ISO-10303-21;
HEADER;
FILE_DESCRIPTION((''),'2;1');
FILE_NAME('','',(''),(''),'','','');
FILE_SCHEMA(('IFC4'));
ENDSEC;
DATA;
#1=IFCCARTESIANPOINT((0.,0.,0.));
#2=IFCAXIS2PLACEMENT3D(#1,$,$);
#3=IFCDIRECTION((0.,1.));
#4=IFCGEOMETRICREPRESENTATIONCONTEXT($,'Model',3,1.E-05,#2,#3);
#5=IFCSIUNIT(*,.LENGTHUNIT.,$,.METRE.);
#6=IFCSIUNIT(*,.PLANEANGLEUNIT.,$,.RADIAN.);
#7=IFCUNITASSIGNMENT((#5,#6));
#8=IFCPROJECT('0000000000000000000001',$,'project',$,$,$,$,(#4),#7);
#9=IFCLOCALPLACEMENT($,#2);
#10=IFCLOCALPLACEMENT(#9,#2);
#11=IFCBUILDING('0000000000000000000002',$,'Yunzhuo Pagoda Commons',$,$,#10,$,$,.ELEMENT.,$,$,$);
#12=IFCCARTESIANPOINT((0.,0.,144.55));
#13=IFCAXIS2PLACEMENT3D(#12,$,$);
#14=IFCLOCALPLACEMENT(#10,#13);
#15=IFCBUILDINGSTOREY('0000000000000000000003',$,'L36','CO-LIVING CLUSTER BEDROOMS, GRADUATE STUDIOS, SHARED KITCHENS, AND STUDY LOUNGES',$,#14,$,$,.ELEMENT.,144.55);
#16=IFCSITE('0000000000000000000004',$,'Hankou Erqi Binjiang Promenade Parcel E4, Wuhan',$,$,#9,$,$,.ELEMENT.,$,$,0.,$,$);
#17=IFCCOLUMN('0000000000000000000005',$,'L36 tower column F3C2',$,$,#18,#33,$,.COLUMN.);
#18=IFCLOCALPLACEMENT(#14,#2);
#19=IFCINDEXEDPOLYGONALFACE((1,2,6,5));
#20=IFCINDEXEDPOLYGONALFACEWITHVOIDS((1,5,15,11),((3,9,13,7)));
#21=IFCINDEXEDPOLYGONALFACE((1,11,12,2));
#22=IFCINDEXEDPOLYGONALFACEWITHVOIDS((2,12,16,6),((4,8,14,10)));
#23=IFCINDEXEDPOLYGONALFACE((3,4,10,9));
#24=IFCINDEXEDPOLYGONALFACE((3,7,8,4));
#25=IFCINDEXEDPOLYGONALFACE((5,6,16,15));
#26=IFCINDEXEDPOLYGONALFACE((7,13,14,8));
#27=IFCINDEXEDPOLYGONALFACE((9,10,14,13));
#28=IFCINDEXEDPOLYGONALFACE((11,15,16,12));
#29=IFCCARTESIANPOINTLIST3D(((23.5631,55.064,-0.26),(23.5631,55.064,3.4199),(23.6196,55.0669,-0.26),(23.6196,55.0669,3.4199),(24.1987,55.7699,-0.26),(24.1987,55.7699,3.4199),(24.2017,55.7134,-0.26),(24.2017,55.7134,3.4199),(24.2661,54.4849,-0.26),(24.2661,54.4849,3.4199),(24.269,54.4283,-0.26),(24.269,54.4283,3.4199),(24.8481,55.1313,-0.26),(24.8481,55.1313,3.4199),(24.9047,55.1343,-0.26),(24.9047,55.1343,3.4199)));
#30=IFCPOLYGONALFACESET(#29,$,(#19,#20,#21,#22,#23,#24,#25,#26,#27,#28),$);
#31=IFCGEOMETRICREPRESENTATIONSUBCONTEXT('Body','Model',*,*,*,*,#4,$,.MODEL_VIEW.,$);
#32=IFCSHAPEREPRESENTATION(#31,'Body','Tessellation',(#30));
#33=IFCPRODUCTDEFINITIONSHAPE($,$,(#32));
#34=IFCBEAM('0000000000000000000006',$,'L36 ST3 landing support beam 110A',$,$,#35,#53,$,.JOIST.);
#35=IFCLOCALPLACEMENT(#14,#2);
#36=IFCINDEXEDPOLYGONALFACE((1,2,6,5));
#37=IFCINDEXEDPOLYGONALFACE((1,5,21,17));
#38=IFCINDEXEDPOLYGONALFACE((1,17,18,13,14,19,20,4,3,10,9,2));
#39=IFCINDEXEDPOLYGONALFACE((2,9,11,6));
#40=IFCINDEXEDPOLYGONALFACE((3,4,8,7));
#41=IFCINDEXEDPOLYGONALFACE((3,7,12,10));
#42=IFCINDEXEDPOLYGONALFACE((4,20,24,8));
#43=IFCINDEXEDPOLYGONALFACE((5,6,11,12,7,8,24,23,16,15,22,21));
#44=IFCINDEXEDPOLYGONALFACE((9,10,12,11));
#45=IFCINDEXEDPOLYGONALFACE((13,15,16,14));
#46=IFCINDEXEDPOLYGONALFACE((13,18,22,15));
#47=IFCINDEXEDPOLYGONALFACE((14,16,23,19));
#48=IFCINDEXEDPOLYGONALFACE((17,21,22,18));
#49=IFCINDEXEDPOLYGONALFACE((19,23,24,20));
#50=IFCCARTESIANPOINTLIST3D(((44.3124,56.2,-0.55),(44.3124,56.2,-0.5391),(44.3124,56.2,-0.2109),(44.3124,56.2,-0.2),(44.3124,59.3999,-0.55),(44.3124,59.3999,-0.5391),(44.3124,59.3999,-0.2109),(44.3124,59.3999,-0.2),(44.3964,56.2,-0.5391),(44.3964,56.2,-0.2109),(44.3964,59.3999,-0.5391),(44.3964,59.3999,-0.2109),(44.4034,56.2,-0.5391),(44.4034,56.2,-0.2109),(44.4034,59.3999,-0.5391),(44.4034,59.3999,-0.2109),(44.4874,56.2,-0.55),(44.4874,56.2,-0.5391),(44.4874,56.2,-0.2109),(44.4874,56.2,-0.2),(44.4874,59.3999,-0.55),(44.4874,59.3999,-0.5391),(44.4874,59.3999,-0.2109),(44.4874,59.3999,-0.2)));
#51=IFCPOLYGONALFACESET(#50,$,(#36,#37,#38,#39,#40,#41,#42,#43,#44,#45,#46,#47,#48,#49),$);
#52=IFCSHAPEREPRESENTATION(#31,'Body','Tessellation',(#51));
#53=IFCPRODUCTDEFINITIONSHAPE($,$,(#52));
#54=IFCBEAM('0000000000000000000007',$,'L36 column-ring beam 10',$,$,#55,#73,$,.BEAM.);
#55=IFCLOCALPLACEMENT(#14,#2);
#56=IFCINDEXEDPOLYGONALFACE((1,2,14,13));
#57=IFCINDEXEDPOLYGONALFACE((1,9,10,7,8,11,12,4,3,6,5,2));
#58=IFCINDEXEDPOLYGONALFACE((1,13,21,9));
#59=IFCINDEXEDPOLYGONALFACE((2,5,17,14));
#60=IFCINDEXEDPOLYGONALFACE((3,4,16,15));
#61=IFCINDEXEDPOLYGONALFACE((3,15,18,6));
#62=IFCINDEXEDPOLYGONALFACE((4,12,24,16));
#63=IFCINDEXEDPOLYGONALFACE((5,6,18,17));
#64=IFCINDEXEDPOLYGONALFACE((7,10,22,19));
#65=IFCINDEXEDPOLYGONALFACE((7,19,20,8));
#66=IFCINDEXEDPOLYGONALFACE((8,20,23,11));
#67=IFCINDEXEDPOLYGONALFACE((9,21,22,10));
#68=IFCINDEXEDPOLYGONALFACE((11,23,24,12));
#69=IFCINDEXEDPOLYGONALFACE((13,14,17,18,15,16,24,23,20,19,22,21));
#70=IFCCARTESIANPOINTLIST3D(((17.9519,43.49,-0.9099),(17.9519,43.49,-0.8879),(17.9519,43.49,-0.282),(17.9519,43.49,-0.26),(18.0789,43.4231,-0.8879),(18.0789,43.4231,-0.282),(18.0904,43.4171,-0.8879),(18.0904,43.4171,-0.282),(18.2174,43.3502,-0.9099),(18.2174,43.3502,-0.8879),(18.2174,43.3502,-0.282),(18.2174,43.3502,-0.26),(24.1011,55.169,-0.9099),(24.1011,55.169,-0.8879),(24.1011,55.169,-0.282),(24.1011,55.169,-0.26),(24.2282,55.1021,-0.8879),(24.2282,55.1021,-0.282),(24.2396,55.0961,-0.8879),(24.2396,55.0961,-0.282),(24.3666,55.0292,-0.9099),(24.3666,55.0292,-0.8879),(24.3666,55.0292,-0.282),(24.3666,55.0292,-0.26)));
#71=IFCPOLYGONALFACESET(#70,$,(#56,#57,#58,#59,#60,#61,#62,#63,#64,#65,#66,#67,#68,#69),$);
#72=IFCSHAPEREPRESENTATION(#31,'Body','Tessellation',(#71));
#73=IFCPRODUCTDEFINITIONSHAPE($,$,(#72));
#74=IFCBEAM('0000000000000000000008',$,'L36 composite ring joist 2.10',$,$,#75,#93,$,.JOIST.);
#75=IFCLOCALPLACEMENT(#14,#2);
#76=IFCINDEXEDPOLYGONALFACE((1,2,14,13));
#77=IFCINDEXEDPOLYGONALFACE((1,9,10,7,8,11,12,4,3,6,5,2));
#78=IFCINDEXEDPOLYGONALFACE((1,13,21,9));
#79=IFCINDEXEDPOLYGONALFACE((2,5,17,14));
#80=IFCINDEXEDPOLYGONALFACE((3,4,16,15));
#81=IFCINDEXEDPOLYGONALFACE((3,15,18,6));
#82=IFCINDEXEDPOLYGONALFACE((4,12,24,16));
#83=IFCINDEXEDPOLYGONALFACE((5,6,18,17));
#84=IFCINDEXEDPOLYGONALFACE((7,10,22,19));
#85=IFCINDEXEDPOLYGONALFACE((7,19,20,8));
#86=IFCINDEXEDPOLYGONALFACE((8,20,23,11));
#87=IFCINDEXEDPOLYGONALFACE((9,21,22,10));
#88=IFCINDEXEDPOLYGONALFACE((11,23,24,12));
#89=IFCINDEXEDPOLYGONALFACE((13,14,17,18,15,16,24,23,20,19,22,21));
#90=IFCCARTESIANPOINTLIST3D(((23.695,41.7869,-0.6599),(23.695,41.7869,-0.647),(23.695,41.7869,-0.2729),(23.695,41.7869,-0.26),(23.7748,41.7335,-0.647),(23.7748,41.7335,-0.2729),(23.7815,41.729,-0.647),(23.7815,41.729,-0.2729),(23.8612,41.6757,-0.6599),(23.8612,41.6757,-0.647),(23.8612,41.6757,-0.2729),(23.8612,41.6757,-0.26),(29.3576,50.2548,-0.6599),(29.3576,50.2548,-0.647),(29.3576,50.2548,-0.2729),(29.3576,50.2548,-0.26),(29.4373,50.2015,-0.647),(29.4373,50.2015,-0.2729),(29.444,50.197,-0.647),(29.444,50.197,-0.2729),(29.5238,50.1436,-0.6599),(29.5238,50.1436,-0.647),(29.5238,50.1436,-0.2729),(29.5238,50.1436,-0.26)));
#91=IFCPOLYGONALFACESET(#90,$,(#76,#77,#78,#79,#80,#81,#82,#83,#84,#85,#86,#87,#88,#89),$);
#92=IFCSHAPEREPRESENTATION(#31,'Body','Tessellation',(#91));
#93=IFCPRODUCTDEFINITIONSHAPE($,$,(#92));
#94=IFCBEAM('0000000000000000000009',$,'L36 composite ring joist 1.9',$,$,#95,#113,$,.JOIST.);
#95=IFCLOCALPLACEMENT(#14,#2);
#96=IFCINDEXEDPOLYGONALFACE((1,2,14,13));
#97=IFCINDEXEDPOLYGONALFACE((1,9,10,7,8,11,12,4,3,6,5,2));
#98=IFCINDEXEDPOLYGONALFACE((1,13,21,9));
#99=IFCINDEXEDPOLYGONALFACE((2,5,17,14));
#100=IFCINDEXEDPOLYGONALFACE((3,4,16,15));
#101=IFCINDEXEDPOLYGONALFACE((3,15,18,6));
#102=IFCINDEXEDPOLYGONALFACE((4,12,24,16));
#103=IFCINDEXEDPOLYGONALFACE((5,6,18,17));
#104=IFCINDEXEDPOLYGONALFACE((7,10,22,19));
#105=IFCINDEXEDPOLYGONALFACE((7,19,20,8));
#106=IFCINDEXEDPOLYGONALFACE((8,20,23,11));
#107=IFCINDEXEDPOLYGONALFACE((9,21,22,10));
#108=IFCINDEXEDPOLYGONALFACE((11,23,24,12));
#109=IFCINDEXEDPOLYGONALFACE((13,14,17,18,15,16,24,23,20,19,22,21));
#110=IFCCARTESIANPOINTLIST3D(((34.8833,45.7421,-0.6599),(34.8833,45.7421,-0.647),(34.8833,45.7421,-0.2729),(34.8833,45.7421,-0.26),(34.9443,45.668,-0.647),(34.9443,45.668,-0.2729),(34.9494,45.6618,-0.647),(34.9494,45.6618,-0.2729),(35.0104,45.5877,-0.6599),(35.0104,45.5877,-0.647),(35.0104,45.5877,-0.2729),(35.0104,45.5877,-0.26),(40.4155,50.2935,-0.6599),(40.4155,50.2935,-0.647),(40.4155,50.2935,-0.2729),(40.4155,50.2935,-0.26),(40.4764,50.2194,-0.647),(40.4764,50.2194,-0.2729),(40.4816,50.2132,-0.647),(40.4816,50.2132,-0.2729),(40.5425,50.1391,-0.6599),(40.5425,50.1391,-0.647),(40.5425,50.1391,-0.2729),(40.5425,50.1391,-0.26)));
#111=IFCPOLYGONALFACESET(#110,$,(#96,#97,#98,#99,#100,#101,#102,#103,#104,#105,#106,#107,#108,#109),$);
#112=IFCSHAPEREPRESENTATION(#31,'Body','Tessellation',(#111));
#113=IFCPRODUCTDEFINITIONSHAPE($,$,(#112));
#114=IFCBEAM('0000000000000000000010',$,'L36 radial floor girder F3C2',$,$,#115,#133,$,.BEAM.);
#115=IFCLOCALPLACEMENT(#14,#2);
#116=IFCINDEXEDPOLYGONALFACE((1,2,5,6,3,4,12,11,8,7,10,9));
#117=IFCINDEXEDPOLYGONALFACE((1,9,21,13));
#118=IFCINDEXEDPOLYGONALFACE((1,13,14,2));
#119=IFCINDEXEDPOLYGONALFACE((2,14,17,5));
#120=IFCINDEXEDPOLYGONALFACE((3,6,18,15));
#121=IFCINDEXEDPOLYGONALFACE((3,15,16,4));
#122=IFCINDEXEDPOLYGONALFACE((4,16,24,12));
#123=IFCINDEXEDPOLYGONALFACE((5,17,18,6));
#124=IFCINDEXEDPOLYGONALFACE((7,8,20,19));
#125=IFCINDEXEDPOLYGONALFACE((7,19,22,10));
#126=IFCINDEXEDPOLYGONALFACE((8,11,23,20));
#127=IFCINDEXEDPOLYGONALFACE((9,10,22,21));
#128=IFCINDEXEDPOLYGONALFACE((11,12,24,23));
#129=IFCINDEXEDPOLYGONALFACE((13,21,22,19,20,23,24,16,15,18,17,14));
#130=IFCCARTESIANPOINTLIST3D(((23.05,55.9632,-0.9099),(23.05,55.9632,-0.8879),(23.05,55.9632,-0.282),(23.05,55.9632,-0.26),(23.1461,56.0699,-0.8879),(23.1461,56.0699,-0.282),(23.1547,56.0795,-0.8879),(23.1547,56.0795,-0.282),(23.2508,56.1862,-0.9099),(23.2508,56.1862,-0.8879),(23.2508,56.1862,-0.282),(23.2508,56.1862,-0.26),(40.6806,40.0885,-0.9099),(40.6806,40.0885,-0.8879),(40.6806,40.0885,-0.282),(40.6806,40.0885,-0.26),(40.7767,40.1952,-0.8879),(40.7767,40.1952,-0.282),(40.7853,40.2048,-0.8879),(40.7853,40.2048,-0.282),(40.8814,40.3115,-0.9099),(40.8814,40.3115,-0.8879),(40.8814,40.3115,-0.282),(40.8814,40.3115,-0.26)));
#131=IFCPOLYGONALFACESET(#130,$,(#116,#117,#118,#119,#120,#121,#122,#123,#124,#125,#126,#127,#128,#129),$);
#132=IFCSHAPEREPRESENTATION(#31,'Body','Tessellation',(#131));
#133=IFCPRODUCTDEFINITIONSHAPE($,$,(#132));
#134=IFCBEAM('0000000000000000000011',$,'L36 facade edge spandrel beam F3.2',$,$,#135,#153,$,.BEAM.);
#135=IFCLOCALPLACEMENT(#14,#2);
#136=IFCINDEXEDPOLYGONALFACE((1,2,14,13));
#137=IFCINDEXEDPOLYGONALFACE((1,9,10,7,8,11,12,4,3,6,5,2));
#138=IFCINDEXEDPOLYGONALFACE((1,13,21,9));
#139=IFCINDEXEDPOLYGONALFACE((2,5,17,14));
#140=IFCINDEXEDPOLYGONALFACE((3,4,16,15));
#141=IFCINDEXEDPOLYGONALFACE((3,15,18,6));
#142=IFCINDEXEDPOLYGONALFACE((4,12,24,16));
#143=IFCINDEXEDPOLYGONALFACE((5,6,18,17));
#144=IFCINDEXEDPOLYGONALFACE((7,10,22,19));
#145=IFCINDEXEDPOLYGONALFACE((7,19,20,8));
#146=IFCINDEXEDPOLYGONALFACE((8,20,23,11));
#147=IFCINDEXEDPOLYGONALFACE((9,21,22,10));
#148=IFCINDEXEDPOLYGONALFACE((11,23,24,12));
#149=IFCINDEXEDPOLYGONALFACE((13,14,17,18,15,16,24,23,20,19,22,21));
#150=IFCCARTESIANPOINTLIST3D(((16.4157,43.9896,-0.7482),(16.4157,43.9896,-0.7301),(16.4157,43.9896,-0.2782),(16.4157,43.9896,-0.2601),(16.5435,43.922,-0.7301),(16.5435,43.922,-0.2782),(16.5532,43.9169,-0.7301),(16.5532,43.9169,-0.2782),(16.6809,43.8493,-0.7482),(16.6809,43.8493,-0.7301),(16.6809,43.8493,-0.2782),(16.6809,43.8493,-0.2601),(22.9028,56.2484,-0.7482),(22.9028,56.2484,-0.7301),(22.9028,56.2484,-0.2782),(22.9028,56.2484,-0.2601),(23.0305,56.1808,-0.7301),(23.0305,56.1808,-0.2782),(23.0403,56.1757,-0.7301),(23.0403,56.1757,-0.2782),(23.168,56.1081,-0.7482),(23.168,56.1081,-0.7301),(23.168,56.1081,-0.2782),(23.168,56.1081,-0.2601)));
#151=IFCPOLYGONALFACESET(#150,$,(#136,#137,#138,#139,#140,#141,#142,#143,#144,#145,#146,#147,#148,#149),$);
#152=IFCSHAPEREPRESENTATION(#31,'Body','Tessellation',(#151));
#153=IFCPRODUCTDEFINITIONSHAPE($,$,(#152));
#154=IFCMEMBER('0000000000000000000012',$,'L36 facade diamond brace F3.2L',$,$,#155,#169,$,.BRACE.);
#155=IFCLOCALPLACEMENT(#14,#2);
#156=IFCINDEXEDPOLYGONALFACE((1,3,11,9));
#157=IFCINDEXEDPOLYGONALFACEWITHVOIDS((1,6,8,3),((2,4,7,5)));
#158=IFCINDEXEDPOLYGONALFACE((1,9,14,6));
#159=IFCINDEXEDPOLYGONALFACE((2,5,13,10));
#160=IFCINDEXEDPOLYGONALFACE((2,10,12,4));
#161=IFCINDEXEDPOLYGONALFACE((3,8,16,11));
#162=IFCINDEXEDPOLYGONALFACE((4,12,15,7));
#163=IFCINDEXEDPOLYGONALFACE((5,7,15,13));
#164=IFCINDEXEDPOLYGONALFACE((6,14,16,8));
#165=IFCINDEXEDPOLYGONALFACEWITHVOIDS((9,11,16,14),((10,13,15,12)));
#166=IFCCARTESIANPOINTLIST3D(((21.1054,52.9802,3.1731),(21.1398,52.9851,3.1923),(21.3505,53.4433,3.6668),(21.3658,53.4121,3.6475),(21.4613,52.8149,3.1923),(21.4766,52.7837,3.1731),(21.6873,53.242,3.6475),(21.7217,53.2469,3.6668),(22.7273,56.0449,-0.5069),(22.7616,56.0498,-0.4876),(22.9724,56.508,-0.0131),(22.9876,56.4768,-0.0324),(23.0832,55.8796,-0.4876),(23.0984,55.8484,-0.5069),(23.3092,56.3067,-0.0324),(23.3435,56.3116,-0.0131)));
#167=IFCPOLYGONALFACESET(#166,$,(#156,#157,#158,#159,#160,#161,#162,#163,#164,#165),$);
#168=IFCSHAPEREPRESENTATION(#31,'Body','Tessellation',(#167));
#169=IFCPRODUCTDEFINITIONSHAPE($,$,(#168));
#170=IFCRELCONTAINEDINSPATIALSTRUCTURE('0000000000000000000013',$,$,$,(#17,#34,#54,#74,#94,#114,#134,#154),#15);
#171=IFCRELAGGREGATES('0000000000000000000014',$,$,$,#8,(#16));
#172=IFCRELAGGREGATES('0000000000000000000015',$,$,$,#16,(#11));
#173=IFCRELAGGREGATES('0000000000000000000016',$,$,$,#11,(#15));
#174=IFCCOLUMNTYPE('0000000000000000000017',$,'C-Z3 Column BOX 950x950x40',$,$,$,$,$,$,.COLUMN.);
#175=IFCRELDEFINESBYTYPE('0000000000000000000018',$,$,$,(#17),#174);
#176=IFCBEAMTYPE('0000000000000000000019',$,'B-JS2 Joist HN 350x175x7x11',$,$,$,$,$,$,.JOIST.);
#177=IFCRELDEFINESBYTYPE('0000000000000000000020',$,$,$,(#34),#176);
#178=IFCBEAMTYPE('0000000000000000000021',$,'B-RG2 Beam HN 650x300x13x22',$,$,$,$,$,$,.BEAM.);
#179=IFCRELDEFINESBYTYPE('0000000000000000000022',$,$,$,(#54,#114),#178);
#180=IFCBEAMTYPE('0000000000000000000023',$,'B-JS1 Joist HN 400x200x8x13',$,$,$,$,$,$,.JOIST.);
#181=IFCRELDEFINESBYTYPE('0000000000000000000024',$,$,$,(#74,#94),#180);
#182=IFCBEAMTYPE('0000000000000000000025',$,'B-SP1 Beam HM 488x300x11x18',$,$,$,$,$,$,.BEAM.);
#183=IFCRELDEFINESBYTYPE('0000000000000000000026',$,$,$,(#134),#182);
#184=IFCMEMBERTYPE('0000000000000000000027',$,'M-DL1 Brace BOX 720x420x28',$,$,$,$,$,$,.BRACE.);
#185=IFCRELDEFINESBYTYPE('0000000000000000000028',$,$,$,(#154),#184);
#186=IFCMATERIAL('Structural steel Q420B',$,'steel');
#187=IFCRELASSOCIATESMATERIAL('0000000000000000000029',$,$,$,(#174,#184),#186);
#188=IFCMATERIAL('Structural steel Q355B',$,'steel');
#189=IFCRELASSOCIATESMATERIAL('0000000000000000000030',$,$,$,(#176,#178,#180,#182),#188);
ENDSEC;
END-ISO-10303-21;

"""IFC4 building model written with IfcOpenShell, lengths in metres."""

from ifc_helpers import new_model, si_unit, direction, frame, origin, origin_2d, place, context, subcontext, project, spatial, hollow_rectangle, i_section, extrude, source, transform, mapped, material, material_profile, profile_set, type_object, element, save


model = new_model("IFC4")

# Units and contexts
model_context = context("Model", 3, precision=1e-05, world=origin(), true_north=direction((0.0, 1.0)))
body_context = subcontext(model_context, "Body", "Model", "MODEL_VIEW")
ifc_project = project(units=[si_unit("LENGTHUNIT", "METRE"), si_unit("PLANEANGLEUNIT", "RADIAN")], contexts=[model_context])

# Site, building, storey
site_placement = place(None, origin())
site = spatial("IfcSite", under=ifc_project, at=site_placement, Name="Hankou Erqi Binjiang Promenade Parcel E4, Wuhan", CompositionType="ELEMENT", RefElevation=0.0)
building_placement = place(site_placement, origin())
building = spatial("IfcBuilding", under=site, at=building_placement, Name="Yunzhuo Pagoda Commons", CompositionType="ELEMENT")
storey_placement = place(building_placement, frame((0.0, 0.0, 144.55)))
storey = spatial("IfcBuildingStorey", under=building, at=storey_placement, Name="L36", Description="CO-LIVING CLUSTER BEDROOMS, GRADUATE STUDIOS, SHARED KITCHENS, AND STUDY LOUNGES", CompositionType="ELEMENT", Elevation=144.55)

# Column
ifc_material_1 = material(Name="Structural steel Q420B", Category="steel")
ifc_material_profile_1 = material_profile(ifc_material_1, hollow_rectangle(XDim=0.95, YDim=0.95, WallThickness=0.04, at=origin_2d()), Name="Structural steel Q420B")
ifc_profile_set_1 = profile_set([ifc_material_profile_1], Name="Structural steel Q420B")
column_type = type_object("IfcColumnType", Name="C-Z3 Column BOX 950x950x40", PredefinedType="COLUMN", material=ifc_profile_set_1)
shared_shape_1 = source(origin(), body_context, "Body", "SweptSolid", [
    extrude(hollow_rectangle(XDim=0.95, YDim=0.95, WallThickness=0.04, at=origin_2d()), origin(), (0.0, 0.0, 1.0), 3.6799),
])
column_placement = place(storey_placement, frame((24.2339, 55.0991, -0.26), z_axis=(0.0, 0.0, 1.0), x_axis=(-0.669131, -0.743145, 0.0)))
element("IfcColumn", 1, at=column_placement, inside=storey, type_object=column_type, Name="L36 tower column F3C2", PredefinedType="COLUMN", context=body_context, shape_type="MappedRepresentation", body=[
    mapped(shared_shape_1, transform((0.0, 0.0, 0.0), scale=1.0)),
])

# Beams
ifc_material_2 = material(Name="Structural steel Q355B", Category="steel")
ifc_material_profile_2 = material_profile(ifc_material_2, i_section(OverallWidth=0.175, OverallDepth=0.3501, WebThickness=0.0071, FlangeThickness=0.011, at=origin_2d()), Name="Structural steel Q355B")
ifc_profile_set_2 = profile_set([ifc_material_profile_2], Name="Structural steel Q355B")
beam_type_1 = type_object("IfcBeamType", Name="B-JS2 Joist HN 350x175x7x11", PredefinedType="JOIST", material=ifc_profile_set_2)
shared_shape_2 = source(origin(), body_context, "Body", "SweptSolid", [
    extrude(i_section(OverallWidth=0.175, OverallDepth=0.3501, WebThickness=0.0071, FlangeThickness=0.011, at=origin_2d()), origin(), (0.0, 0.0, 1.0), 3.2),
])
beam_1_placement = place(storey_placement, frame((44.3999, 56.2, -0.375), z_axis=(0.0, 1.0, 0.0), x_axis=(-1.0, 0.0, 0.0)))
element("IfcBeam", 2, at=beam_1_placement, inside=storey, type_object=beam_type_1, Name="L36 ST3 landing support beam 110A", PredefinedType="JOIST", context=body_context, shape_type="MappedRepresentation", body=[
    mapped(shared_shape_2, transform((0.0, 0.0, 0.0), scale=1.0)),
])
ifc_material_profile_3 = material_profile(ifc_material_2, i_section(OverallWidth=0.3, OverallDepth=0.6499, WebThickness=0.0129, FlangeThickness=0.022, at=origin_2d()), Name="Structural steel Q355B")
ifc_profile_set_3 = profile_set([ifc_material_profile_3], Name="Structural steel Q355B")
beam_type_2 = type_object("IfcBeamType", Name="B-RG2 Beam HN 650x300x13x22", PredefinedType="BEAM", material=ifc_profile_set_3)
shared_shape_3 = source(origin(), body_context, "Body", "SweptSolid", [
    extrude(i_section(OverallWidth=0.3, OverallDepth=0.6499, WebThickness=0.0129, FlangeThickness=0.022, at=origin_2d()), origin(), (0.0, 0.0, 1.0), 13.199),
])
beam_2_placement = place(storey_placement, frame((24.2339, 55.0991, -0.585), z_axis=(-0.465886, -0.884845, 0.0), x_axis=(0.884845, -0.465886, 0.0)))
element("IfcBeam", 3, at=beam_2_placement, inside=storey, type_object=beam_type_2, Name="L36 column-ring beam 10", PredefinedType="BEAM", context=body_context, shape_type="MappedRepresentation", body=[
    mapped(shared_shape_3, transform((0.0, 0.0, 0.0), scale=1.0)),
])
ifc_material_profile_4 = material_profile(ifc_material_2, i_section(OverallWidth=0.2, OverallDepth=0.3999, WebThickness=0.0081, FlangeThickness=0.0129, at=origin_2d()), Name="Structural steel Q355B")
ifc_profile_set_4 = profile_set([ifc_material_profile_4], Name="Structural steel Q355B")
beam_type_3 = type_object("IfcBeamType", Name="B-JS1 Joist HN 400x200x8x13", PredefinedType="JOIST", material=ifc_profile_set_4)
shared_shape_4 = source(origin(), body_context, "Body", "SweptSolid", [
    extrude(i_section(OverallWidth=0.2, OverallDepth=0.3999, WebThickness=0.0081, FlangeThickness=0.0129, at=origin_2d()), origin(), (0.0, 0.0, 1.0), 10.1868),
])
beam_3_placement = place(storey_placement, frame((29.4407, 50.1992, -0.46), z_axis=(-0.555872, -0.831268, 0.0), x_axis=(0.831268, -0.555872, 0.0)))
element("IfcBeam", 4, at=beam_3_placement, inside=storey, type_object=beam_type_3, Name="L36 composite ring joist 2.10", PredefinedType="JOIST", context=body_context, shape_type="MappedRepresentation", body=[
    mapped(shared_shape_4, transform((0.0, 0.0, 0.0), scale=1.0)),
])
shared_shape_5 = source(origin(), body_context, "Body", "SweptSolid", [
    extrude(i_section(OverallWidth=0.2, OverallDepth=0.3999, WebThickness=0.0081, FlangeThickness=0.0129, at=origin_2d()), origin(), (0.0, 0.0, 1.0), 7.1638),
])
beam_4_placement = place(storey_placement, frame((40.479, 50.2163, -0.46), z_axis=(-0.772234, -0.635338, 0.0), x_axis=(0.635338, -0.772234, 0.0)))
element("IfcBeam", 5, at=beam_4_placement, inside=storey, type_object=beam_type_3, Name="L36 composite ring joist 1.9", PredefinedType="JOIST", context=body_context, shape_type="MappedRepresentation", body=[
    mapped(shared_shape_5, transform((0.0, 0.0, 0.0), scale=1.0)),
])
shared_shape_6 = source(origin(), body_context, "Body", "SweptSolid", [
    extrude(i_section(OverallWidth=0.3, OverallDepth=0.6499, WebThickness=0.0129, FlangeThickness=0.022, at=origin_2d()), origin(), (0.0, 0.0, 1.0), 23.7244),
])
beam_5_placement = place(storey_placement, frame((23.1504, 56.0747, -0.585), z_axis=(0.743143, -0.669132, 0.0), x_axis=(0.669132, 0.743143, 0.0)))
element("IfcBeam", 6, at=beam_5_placement, inside=storey, type_object=beam_type_2, Name="L36 radial floor girder F3C2", PredefinedType="BEAM", context=body_context, shape_type="MappedRepresentation", body=[
    mapped(shared_shape_6, transform((0.0, 0.0, 0.0), scale=1.0)),
])
ifc_material_profile_5 = material_profile(ifc_material_2, i_section(OverallWidth=0.3, OverallDepth=0.488, WebThickness=0.011, FlangeThickness=0.0181, at=origin_2d()), Name="Structural steel Q355B")
ifc_profile_set_5 = profile_set([ifc_material_profile_5], Name="Structural steel Q355B")
beam_type_4 = type_object("IfcBeamType", Name="B-SP1 Beam HM 488x300x11x18", PredefinedType="BEAM", material=ifc_profile_set_5)
shared_shape_7 = source(origin(), body_context, "Body", "SweptSolid", [
    extrude(i_section(OverallWidth=0.3, OverallDepth=0.488, WebThickness=0.011, FlangeThickness=0.0181, at=origin_2d()), origin(), (0.0, 0.0, 1.0), 13.8694),
])
beam_6_placement = place(storey_placement, frame((23.0354, 56.1782, -0.5042), z_axis=(-0.467725, -0.883874, 0.0), x_axis=(0.883874, -0.467725, 0.0)))
element("IfcBeam", 7, at=beam_6_placement, inside=storey, type_object=beam_type_4, Name="L36 facade edge spandrel beam F3.2", PredefinedType="BEAM", context=body_context, shape_type="MappedRepresentation", body=[
    mapped(shared_shape_7, transform((0.0, 0.0, 0.0), scale=1.0)),
])

# Member
ifc_material_profile_6 = material_profile(ifc_material_1, hollow_rectangle(XDim=0.4199, YDim=0.72, WallThickness=0.0281, at=origin_2d()), Name="Structural steel Q420B")
ifc_profile_set_6 = profile_set([ifc_material_profile_6], Name="Structural steel Q420B")
member_type_1 = type_object("IfcMemberType", Name="M-DL1 Brace BOX 720x420x28", PredefinedType="BRACE", material=ifc_profile_set_6)
shared_shape_8 = source(origin(), body_context, "Body", "SweptSolid", [
    extrude(hollow_rectangle(XDim=0.4199, YDim=0.72, WallThickness=0.0281, at=origin_2d()), origin(), (0.0, 0.0, 1.0), 5.0562),
])
member_1_placement = place(storey_placement, frame((23.0354, 56.1782, -0.26), z_axis=(-0.320763, -0.606133, 0.727814), x_axis=(0.883867, -0.467739, 0.0)))
element("IfcMember", 8, at=member_1_placement, inside=storey, type_object=member_type_1, Name="L36 facade diamond brace F3.2L", PredefinedType="BRACE", context=body_context, shape_type="MappedRepresentation", body=[
    mapped(shared_shape_8, transform((0.0, 0.0, 0.0), scale=1.0)),
])

save(model, "model.ifc")
